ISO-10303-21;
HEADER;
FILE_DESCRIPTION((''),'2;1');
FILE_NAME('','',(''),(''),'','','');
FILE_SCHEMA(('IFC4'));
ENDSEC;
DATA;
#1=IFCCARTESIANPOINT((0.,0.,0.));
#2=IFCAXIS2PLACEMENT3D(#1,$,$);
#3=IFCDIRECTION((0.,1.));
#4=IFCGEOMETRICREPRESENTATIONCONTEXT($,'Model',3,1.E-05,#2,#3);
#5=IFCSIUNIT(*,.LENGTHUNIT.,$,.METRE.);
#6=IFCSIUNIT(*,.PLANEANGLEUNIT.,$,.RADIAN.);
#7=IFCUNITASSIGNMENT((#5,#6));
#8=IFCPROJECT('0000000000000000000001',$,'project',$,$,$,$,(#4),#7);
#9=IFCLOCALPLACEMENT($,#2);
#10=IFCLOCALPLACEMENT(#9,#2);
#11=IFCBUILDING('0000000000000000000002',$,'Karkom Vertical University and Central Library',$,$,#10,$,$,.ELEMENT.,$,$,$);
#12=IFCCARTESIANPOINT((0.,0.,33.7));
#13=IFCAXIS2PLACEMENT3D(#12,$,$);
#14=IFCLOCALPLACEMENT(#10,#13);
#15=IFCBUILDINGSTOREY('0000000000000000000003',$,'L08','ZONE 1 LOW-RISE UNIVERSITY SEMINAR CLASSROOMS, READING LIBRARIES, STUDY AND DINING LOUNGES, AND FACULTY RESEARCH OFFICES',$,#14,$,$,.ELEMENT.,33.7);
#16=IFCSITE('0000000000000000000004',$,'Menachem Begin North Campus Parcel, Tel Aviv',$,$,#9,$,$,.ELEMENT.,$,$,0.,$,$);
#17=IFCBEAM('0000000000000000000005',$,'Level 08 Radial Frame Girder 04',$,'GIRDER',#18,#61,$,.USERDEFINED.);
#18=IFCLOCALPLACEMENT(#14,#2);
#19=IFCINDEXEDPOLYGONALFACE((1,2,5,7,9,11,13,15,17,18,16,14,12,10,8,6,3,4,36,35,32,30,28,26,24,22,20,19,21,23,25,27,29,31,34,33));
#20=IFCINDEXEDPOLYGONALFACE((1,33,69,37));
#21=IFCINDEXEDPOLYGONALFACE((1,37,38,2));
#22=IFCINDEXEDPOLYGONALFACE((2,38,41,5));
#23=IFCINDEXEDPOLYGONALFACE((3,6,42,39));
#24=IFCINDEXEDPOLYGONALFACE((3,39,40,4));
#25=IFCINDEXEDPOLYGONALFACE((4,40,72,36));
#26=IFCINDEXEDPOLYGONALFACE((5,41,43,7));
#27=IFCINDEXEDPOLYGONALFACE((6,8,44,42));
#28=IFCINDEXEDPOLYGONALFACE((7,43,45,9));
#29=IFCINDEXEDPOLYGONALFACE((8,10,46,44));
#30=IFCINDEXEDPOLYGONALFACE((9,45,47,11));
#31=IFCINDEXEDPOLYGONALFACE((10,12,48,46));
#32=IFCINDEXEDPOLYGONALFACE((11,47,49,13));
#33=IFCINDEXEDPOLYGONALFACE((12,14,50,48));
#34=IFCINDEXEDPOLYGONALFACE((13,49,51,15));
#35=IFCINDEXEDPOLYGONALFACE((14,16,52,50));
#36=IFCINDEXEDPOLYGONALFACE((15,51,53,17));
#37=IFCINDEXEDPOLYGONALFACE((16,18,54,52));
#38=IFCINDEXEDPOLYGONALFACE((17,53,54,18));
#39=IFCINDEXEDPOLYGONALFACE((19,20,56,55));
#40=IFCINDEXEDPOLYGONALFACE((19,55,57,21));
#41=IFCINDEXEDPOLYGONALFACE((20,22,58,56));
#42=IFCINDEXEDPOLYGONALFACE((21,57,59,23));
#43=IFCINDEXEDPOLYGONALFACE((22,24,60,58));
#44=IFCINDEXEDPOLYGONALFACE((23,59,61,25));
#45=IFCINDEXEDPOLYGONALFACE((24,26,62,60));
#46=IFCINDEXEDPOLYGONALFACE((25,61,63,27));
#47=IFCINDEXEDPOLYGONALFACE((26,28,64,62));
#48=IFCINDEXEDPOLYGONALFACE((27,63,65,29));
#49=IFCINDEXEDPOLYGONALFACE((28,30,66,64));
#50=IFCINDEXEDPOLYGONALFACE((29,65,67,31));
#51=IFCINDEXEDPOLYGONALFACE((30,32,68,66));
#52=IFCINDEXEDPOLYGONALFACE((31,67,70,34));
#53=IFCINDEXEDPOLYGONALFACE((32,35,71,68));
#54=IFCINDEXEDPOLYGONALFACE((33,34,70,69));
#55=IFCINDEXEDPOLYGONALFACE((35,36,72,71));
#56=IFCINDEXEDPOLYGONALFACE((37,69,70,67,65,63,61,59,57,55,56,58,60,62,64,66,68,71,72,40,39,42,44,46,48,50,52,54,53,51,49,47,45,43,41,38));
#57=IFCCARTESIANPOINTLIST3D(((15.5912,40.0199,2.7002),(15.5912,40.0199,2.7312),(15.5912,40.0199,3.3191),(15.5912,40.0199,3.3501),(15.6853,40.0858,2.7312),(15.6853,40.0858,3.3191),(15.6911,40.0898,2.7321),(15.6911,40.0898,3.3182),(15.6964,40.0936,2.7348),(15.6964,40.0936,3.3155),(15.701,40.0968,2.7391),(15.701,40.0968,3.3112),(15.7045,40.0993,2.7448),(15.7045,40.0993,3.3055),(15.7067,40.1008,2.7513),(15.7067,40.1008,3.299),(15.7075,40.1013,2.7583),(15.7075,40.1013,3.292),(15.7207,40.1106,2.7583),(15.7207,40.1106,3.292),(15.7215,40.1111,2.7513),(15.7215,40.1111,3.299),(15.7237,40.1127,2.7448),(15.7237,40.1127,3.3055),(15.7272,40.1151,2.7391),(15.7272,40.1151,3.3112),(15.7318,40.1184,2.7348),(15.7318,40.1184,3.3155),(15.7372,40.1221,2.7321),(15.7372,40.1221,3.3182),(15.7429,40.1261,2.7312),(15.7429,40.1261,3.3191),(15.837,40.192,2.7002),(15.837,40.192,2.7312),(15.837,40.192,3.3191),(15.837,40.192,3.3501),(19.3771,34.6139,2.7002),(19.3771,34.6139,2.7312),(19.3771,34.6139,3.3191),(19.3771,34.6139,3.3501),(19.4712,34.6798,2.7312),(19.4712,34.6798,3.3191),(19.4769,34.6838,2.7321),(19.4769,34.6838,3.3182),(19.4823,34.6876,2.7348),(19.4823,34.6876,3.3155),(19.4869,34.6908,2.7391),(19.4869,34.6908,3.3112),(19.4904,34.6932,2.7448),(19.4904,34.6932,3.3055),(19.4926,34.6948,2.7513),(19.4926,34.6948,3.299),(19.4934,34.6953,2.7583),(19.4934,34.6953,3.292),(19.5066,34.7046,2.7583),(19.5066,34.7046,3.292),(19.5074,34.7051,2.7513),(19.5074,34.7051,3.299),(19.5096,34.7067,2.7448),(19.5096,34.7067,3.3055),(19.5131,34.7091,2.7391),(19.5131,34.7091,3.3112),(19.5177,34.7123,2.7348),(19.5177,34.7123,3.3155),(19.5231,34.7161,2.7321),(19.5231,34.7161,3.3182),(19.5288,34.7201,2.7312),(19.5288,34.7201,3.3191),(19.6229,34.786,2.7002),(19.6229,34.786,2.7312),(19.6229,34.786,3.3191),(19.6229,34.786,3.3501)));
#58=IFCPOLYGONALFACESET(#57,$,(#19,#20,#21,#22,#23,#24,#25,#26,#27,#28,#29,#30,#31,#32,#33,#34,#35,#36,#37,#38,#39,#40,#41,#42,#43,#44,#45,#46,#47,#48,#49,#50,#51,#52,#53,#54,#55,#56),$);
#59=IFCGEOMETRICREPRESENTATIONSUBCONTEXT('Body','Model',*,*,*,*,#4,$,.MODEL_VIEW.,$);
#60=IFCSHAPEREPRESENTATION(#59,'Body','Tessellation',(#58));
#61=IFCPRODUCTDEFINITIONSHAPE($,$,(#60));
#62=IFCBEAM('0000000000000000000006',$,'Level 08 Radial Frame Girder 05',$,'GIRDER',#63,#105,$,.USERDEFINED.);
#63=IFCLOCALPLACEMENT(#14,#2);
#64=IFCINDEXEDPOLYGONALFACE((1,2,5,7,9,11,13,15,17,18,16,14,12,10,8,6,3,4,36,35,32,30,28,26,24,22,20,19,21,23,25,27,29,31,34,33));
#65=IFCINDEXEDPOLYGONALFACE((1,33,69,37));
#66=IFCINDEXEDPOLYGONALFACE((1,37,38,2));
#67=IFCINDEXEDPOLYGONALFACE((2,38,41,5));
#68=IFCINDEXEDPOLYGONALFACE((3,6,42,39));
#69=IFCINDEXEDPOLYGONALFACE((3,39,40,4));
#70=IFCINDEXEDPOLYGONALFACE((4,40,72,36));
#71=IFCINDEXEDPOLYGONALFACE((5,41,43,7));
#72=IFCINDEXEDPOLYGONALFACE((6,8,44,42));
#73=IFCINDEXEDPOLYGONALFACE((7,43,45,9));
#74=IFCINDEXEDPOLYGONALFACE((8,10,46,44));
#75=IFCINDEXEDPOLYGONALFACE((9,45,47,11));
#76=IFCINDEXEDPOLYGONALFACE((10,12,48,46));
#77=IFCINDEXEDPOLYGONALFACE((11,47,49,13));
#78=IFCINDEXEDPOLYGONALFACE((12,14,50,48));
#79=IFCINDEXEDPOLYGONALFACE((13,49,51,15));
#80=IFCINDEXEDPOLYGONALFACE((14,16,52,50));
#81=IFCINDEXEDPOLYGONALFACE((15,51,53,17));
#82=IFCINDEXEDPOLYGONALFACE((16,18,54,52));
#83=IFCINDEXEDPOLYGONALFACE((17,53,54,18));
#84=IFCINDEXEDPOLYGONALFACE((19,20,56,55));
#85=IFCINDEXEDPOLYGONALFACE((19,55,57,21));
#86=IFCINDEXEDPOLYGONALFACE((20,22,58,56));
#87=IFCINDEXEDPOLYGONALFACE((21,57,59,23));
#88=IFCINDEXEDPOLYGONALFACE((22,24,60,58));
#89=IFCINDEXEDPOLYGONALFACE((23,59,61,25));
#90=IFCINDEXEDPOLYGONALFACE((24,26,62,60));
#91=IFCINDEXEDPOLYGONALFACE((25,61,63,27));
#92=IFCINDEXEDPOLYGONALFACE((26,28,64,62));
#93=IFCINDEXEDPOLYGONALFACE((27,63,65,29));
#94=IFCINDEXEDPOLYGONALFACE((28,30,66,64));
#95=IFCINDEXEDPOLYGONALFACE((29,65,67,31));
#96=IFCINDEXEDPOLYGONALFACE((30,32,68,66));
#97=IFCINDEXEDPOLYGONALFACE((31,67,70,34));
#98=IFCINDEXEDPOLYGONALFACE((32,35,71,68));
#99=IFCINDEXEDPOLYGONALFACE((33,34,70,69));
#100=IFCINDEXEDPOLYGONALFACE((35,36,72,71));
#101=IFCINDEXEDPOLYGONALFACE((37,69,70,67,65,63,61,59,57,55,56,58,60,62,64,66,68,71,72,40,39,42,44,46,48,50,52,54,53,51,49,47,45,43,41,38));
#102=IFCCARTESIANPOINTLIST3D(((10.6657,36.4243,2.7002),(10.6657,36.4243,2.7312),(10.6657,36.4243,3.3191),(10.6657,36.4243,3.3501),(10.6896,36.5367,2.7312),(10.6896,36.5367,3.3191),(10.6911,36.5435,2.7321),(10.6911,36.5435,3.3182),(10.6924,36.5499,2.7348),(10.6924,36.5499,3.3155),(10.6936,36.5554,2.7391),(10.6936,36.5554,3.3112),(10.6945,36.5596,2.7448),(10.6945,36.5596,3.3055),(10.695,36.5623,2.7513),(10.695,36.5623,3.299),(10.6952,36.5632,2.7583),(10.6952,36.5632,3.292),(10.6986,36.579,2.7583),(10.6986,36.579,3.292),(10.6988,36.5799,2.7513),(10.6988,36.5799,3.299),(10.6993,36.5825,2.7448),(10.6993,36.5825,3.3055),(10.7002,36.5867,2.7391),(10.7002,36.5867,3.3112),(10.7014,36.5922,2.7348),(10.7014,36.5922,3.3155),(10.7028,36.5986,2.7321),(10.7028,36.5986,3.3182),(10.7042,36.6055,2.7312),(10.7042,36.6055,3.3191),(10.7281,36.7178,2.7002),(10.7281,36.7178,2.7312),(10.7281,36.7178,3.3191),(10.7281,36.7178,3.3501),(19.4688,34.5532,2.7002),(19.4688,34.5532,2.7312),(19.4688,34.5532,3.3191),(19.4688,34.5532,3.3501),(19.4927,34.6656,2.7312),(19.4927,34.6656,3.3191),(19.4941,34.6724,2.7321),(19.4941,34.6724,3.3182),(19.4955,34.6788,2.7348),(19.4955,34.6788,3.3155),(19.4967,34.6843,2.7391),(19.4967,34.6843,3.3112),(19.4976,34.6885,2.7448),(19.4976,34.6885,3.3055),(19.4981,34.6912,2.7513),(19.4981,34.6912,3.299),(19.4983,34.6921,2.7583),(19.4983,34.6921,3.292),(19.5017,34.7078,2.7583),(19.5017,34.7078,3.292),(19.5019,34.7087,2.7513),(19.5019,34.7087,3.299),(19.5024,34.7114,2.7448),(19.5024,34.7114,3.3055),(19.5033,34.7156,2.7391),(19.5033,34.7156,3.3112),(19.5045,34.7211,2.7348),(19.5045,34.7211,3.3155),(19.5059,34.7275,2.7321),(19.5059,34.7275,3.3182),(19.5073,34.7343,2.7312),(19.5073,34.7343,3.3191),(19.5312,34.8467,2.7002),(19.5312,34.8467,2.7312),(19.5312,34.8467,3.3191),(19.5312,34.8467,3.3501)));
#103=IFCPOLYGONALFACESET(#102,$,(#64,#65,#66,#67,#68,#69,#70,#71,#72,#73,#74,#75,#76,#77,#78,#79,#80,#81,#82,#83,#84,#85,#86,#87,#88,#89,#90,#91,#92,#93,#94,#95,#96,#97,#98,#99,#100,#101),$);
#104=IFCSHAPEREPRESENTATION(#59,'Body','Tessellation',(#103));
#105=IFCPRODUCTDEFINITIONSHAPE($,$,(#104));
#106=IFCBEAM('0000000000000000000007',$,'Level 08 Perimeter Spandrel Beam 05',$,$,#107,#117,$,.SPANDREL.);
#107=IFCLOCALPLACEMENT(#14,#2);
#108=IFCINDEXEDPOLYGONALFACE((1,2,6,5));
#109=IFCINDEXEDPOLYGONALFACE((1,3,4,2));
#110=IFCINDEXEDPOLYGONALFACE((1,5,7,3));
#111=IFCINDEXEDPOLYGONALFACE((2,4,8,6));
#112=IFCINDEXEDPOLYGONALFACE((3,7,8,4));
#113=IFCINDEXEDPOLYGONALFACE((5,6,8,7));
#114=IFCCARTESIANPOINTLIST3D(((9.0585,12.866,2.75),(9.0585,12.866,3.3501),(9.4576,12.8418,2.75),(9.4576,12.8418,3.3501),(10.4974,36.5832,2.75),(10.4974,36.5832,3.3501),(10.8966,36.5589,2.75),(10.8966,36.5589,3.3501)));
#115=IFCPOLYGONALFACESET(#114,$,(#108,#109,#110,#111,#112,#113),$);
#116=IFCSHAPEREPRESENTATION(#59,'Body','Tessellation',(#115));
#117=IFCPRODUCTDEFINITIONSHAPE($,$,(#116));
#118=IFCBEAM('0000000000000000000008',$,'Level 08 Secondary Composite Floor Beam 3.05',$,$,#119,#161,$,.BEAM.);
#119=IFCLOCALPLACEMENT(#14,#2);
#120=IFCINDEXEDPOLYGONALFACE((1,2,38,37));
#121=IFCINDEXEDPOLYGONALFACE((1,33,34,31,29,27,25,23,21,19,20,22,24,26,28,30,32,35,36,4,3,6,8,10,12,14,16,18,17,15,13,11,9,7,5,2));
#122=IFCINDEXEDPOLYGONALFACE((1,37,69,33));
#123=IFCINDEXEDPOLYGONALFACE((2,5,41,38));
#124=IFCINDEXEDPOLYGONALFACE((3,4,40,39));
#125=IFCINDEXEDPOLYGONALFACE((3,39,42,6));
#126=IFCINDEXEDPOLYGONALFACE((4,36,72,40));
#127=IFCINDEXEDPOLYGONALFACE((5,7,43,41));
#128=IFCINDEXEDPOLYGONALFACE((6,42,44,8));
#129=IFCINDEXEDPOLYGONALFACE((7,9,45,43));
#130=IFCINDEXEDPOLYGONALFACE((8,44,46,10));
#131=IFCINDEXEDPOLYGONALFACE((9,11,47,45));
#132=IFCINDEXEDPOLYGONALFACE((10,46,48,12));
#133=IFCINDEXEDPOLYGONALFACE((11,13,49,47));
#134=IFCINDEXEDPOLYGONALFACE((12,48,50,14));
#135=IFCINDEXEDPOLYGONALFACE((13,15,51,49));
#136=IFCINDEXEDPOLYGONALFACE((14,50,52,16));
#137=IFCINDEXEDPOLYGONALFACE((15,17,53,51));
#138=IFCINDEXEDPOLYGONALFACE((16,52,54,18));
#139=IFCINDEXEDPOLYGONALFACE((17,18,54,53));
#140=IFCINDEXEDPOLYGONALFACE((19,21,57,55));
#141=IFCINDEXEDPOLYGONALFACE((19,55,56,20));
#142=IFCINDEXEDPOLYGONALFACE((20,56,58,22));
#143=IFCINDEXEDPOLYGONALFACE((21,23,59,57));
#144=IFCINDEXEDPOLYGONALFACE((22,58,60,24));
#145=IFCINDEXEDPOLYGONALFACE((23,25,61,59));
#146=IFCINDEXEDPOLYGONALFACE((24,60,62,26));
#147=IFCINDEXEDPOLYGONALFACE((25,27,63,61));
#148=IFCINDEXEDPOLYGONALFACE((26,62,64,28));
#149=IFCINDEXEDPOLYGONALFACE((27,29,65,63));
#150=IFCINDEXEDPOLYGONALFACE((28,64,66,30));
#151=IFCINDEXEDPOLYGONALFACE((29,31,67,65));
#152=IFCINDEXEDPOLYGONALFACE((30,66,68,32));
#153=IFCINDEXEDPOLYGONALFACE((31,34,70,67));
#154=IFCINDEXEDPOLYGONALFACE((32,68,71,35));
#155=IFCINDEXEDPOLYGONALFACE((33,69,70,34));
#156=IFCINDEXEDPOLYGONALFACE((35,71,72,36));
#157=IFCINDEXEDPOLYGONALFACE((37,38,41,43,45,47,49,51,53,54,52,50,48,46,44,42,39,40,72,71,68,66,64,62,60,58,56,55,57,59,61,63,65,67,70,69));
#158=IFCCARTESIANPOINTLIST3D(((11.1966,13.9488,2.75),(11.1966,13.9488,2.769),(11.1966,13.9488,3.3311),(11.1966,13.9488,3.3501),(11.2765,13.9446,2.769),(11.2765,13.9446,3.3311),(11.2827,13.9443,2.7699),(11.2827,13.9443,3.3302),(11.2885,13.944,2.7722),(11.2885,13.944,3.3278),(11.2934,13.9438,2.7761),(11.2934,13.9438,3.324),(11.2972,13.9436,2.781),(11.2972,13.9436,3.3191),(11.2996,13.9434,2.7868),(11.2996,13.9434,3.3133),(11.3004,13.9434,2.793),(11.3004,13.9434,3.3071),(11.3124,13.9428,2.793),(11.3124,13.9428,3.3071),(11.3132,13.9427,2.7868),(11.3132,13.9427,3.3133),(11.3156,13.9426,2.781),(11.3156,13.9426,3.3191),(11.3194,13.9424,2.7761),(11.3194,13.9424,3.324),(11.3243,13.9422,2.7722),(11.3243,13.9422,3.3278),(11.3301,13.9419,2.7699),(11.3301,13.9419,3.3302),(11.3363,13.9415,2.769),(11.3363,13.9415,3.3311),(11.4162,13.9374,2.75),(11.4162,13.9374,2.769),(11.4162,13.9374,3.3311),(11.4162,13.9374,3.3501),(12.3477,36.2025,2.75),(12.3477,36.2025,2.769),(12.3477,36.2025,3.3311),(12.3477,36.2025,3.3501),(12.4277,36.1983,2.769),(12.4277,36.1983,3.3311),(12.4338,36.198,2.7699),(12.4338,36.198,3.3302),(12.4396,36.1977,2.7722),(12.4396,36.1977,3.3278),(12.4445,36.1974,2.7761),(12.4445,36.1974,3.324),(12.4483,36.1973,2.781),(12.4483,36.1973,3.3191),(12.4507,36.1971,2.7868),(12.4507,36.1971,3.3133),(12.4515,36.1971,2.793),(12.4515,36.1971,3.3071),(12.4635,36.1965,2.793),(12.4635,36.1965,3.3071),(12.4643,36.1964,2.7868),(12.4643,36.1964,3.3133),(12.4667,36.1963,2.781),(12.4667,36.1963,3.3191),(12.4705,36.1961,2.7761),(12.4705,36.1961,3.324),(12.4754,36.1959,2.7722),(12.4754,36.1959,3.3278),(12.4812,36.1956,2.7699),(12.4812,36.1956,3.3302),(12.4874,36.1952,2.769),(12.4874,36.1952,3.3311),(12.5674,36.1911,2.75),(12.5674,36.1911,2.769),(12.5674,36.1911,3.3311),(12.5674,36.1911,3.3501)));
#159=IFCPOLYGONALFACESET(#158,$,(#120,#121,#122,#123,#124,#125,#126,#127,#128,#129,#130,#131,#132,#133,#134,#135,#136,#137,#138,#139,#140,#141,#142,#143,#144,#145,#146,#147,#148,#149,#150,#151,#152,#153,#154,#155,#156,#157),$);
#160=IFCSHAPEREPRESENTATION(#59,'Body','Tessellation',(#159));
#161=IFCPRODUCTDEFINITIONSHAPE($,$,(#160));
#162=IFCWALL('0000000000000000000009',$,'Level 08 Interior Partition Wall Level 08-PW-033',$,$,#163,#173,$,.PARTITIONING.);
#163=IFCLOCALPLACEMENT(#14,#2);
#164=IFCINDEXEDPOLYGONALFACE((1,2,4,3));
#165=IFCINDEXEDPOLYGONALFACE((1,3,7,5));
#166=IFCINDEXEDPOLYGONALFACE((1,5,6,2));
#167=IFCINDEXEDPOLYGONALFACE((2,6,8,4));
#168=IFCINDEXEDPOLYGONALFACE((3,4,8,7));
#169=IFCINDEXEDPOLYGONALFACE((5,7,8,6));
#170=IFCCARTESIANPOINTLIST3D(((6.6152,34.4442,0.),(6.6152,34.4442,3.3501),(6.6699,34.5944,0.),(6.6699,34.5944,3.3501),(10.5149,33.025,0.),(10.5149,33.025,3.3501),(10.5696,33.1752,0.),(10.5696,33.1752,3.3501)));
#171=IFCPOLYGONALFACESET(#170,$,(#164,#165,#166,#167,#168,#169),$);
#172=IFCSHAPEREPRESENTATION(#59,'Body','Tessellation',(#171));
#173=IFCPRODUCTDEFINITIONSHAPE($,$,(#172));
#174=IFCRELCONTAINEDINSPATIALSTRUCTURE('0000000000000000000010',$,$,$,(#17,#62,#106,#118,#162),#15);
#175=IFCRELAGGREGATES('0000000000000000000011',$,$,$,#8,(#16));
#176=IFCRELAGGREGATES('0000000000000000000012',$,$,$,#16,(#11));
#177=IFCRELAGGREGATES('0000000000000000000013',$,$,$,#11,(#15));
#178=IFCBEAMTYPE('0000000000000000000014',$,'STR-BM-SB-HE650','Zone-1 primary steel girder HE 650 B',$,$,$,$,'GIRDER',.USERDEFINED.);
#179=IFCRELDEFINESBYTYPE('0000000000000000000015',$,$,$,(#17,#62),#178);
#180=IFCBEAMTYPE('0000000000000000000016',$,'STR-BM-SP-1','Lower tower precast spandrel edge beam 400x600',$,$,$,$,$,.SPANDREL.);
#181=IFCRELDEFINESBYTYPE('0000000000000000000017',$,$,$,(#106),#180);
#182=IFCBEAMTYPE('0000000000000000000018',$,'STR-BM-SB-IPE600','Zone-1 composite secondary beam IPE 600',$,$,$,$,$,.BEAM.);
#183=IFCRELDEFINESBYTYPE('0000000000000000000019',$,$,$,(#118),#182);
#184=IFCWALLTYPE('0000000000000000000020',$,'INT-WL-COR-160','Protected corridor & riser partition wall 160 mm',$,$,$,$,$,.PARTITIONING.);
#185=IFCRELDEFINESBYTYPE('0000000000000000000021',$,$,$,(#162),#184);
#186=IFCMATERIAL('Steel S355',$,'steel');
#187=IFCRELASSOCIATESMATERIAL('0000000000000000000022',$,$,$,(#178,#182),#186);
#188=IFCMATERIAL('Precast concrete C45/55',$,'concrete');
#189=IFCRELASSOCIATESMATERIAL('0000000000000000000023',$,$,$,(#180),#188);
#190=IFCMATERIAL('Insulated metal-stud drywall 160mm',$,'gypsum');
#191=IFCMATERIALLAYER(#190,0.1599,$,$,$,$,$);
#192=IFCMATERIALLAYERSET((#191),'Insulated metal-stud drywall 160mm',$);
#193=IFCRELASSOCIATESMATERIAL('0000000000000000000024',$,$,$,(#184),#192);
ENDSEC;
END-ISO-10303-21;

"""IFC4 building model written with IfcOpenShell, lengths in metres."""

from ifc_helpers import new_model, si_unit, direction, frame, frame_2d, origin, origin_with_axes, origin_2d, place, context, subcontext, project, spatial, rectangle, i_section, extrude, source, transform, mapped, material, layer, layer_set, material_profile, profile_set, type_object, element, save


model = new_model("IFC4")

# Units and contexts
model_context = context("Model", 3, precision=1e-05, world=origin(), true_north=direction((0.0, 1.0)))
body_context = subcontext(model_context, "Body", "Model", "MODEL_VIEW")
ifc_project = project(units=[si_unit("LENGTHUNIT", "METRE"), si_unit("PLANEANGLEUNIT", "RADIAN")], contexts=[model_context])

# Site, building, storey
site_placement = place(None, origin())
site = spatial("IfcSite", under=ifc_project, at=site_placement, Name="Menachem Begin North Campus Parcel, Tel Aviv", CompositionType="ELEMENT", RefElevation=0.0)
building_placement = place(site_placement, origin())
building = spatial("IfcBuilding", under=site, at=building_placement, Name="Karkom Vertical University and Central Library", CompositionType="ELEMENT")
storey_placement = place(building_placement, frame((0.0, 0.0, 33.7)))
storey = spatial("IfcBuildingStorey", under=building, at=storey_placement, Name="L08", Description="ZONE 1 LOW-RISE UNIVERSITY SEMINAR CLASSROOMS, READING LIBRARIES, STUDY AND DINING LOUNGES, AND FACULTY RESEARCH OFFICES", CompositionType="ELEMENT", Elevation=33.7)

# Beams
ifc_material_1 = material(Name="Steel S355", Category="steel")
ifc_material_profile_1 = material_profile(ifc_material_1, i_section(OverallWidth=0.3, OverallDepth=0.6499, WebThickness=0.0161, FlangeThickness=0.031, FilletRadius=0.0271, at=origin_2d()), Name="HE 650 B")
ifc_profile_set_1 = profile_set([ifc_material_profile_1], Name="Steel S355")
beam_type_1 = type_object("IfcBeamType", Name="STR-BM-SB-HE650", Description="Zone-1 primary steel girder HE 650 B", ElementType="GIRDER", PredefinedType="USERDEFINED", material=ifc_profile_set_1)
shared_shape_1 = source(origin_with_axes(), body_context, "Body", "SweptSolid", [
    extrude(i_section(OverallWidth=0.3, OverallDepth=0.6499, WebThickness=0.0161, FlangeThickness=0.031, FilletRadius=0.0271, at=origin_2d()), origin(), (0.0, 0.0, 1.0), 6.5999),
])
beam_1_placement = place(storey_placement, frame((19.5, 34.7, 3.0251), z_axis=(-0.573634, 0.819112, 0.0), x_axis=(-0.819112, -0.573634, 0.0)))
element("IfcBeam", 1, at=beam_1_placement, inside=storey, type_object=beam_type_1, Name="Level 08 Radial Frame Girder 04", ObjectType="GIRDER", PredefinedType="USERDEFINED", context=body_context, shape_type="MappedRepresentation", body=[
    mapped(shared_shape_1, transform((0.0, 0.0, 0.0), scale=1.0)),
])
shared_shape_2 = source(origin_with_axes(), body_context, "Body", "SweptSolid", [
    extrude(i_section(OverallWidth=0.3, OverallDepth=0.6499, WebThickness=0.0161, FlangeThickness=0.031, FilletRadius=0.0271, at=origin_2d()), origin(), (0.0, 0.0, 1.0), 8.9998),
])
beam_2_placement = place(storey_placement, frame((19.5, 34.7, 3.0251), z_axis=(-0.978148, 0.207908, 0.0), x_axis=(-0.207908, -0.978148, 0.0)))
element("IfcBeam", 2, at=beam_2_placement, inside=storey, type_object=beam_type_1, Name="Level 08 Radial Frame Girder 05", ObjectType="GIRDER", PredefinedType="USERDEFINED", context=body_context, shape_type="MappedRepresentation", body=[
    mapped(shared_shape_2, transform((0.0, 0.0, 0.0), scale=1.0)),
])
ifc_material_2 = material(Name="Precast concrete C45/55", Category="concrete")
ifc_material_profile_2 = material_profile(ifc_material_2, rectangle(XDim=0.3999, YDim=0.6001, at=origin_2d()), Name="SPB-400x600")
ifc_profile_set_2 = profile_set([ifc_material_profile_2], Name="Precast concrete C45/55")
beam_type_2 = type_object("IfcBeamType", Name="STR-BM-SP-1", Description="Lower tower precast spandrel edge beam 400x600", PredefinedType="SPANDREL", material=ifc_profile_set_2)
shared_shape_3 = source(origin_with_axes(), body_context, "Body", "SweptSolid", [
    extrude(rectangle(XDim=0.3999, YDim=0.6001, at=origin_2d()), origin(), (0.0, 0.0, 1.0), 23.7607),
])
beam_3_placement = place(storey_placement, frame((10.697, 36.571, 3.05), z_axis=(-0.060561, -0.998165, 0.0), x_axis=(0.998165, -0.060561, 0.0)))
element("IfcBeam", 3, at=beam_3_placement, inside=storey, type_object=beam_type_2, Name="Level 08 Perimeter Spandrel Beam 05", PredefinedType="SPANDREL", context=body_context, shape_type="MappedRepresentation", body=[
    mapped(shared_shape_3, transform((0.0, 0.0, 0.0), scale=1.0)),
])
ifc_material_profile_3 = material_profile(ifc_material_1, i_section(OverallWidth=0.22, OverallDepth=0.6001, WebThickness=0.012, FlangeThickness=0.019, FilletRadius=0.0239, at=origin_2d()), Name="IPE 600")
ifc_profile_set_3 = profile_set([ifc_material_profile_3], Name="Steel S355")
beam_type_3 = type_object("IfcBeamType", Name="STR-BM-SB-IPE600", Description="Zone-1 composite secondary beam IPE 600", PredefinedType="BEAM", material=ifc_profile_set_3)
shared_shape_4 = source(origin_with_axes(), body_context, "Body", "SweptSolid", [
    extrude(i_section(OverallWidth=0.22, OverallDepth=0.6001, WebThickness=0.012, FlangeThickness=0.019, FilletRadius=0.0239, at=origin_2d()), origin(), (0.0, 0.0, 1.0), 22.2834),
])
beam_4_placement = place(storey_placement, frame((12.4575, 36.1968, 3.05), z_axis=(-0.051658, -0.998665, 0.0), x_axis=(0.998665, -0.051658, 0.0)))
element("IfcBeam", 4, at=beam_4_placement, inside=storey, type_object=beam_type_3, Name="Level 08 Secondary Composite Floor Beam 3.05", PredefinedType="BEAM", context=body_context, shape_type="MappedRepresentation", body=[
    mapped(shared_shape_4, transform((0.0, 0.0, 0.0), scale=1.0)),
])

# Wall
ifc_material_3 = material(Name="Insulated metal-stud drywall 160mm", Category="gypsum")
ifc_layer_1 = layer(ifc_material_3, 0.1599)
ifc_layer_set_1 = layer_set([ifc_layer_1], Name="Insulated metal-stud drywall 160mm")
wall_type_1 = type_object("IfcWallType", Name="INT-WL-COR-160", Description="Protected corridor & riser partition wall 160 mm", PredefinedType="PARTITIONING", material=ifc_layer_set_1)
wall_1_placement = place(storey_placement, frame((10.5422, 33.1001, 0.0), z_axis=(0.0, 0.0, 1.0), x_axis=(-0.939706, 0.341984, 0.0)))
element("IfcWall", 5, at=wall_1_placement, inside=storey, type_object=wall_type_1, Name="Level 08 Interior Partition Wall Level 08-PW-033", PredefinedType="PARTITIONING", context=body_context, shape_type="SweptSolid", body=[
    extrude(rectangle(XDim=4.1499, YDim=0.1599, at=frame_2d((2.075, 0.0))), origin(), (0.0, 0.0, 1.0), 3.3501),
])

save(model, "model.ifc")
